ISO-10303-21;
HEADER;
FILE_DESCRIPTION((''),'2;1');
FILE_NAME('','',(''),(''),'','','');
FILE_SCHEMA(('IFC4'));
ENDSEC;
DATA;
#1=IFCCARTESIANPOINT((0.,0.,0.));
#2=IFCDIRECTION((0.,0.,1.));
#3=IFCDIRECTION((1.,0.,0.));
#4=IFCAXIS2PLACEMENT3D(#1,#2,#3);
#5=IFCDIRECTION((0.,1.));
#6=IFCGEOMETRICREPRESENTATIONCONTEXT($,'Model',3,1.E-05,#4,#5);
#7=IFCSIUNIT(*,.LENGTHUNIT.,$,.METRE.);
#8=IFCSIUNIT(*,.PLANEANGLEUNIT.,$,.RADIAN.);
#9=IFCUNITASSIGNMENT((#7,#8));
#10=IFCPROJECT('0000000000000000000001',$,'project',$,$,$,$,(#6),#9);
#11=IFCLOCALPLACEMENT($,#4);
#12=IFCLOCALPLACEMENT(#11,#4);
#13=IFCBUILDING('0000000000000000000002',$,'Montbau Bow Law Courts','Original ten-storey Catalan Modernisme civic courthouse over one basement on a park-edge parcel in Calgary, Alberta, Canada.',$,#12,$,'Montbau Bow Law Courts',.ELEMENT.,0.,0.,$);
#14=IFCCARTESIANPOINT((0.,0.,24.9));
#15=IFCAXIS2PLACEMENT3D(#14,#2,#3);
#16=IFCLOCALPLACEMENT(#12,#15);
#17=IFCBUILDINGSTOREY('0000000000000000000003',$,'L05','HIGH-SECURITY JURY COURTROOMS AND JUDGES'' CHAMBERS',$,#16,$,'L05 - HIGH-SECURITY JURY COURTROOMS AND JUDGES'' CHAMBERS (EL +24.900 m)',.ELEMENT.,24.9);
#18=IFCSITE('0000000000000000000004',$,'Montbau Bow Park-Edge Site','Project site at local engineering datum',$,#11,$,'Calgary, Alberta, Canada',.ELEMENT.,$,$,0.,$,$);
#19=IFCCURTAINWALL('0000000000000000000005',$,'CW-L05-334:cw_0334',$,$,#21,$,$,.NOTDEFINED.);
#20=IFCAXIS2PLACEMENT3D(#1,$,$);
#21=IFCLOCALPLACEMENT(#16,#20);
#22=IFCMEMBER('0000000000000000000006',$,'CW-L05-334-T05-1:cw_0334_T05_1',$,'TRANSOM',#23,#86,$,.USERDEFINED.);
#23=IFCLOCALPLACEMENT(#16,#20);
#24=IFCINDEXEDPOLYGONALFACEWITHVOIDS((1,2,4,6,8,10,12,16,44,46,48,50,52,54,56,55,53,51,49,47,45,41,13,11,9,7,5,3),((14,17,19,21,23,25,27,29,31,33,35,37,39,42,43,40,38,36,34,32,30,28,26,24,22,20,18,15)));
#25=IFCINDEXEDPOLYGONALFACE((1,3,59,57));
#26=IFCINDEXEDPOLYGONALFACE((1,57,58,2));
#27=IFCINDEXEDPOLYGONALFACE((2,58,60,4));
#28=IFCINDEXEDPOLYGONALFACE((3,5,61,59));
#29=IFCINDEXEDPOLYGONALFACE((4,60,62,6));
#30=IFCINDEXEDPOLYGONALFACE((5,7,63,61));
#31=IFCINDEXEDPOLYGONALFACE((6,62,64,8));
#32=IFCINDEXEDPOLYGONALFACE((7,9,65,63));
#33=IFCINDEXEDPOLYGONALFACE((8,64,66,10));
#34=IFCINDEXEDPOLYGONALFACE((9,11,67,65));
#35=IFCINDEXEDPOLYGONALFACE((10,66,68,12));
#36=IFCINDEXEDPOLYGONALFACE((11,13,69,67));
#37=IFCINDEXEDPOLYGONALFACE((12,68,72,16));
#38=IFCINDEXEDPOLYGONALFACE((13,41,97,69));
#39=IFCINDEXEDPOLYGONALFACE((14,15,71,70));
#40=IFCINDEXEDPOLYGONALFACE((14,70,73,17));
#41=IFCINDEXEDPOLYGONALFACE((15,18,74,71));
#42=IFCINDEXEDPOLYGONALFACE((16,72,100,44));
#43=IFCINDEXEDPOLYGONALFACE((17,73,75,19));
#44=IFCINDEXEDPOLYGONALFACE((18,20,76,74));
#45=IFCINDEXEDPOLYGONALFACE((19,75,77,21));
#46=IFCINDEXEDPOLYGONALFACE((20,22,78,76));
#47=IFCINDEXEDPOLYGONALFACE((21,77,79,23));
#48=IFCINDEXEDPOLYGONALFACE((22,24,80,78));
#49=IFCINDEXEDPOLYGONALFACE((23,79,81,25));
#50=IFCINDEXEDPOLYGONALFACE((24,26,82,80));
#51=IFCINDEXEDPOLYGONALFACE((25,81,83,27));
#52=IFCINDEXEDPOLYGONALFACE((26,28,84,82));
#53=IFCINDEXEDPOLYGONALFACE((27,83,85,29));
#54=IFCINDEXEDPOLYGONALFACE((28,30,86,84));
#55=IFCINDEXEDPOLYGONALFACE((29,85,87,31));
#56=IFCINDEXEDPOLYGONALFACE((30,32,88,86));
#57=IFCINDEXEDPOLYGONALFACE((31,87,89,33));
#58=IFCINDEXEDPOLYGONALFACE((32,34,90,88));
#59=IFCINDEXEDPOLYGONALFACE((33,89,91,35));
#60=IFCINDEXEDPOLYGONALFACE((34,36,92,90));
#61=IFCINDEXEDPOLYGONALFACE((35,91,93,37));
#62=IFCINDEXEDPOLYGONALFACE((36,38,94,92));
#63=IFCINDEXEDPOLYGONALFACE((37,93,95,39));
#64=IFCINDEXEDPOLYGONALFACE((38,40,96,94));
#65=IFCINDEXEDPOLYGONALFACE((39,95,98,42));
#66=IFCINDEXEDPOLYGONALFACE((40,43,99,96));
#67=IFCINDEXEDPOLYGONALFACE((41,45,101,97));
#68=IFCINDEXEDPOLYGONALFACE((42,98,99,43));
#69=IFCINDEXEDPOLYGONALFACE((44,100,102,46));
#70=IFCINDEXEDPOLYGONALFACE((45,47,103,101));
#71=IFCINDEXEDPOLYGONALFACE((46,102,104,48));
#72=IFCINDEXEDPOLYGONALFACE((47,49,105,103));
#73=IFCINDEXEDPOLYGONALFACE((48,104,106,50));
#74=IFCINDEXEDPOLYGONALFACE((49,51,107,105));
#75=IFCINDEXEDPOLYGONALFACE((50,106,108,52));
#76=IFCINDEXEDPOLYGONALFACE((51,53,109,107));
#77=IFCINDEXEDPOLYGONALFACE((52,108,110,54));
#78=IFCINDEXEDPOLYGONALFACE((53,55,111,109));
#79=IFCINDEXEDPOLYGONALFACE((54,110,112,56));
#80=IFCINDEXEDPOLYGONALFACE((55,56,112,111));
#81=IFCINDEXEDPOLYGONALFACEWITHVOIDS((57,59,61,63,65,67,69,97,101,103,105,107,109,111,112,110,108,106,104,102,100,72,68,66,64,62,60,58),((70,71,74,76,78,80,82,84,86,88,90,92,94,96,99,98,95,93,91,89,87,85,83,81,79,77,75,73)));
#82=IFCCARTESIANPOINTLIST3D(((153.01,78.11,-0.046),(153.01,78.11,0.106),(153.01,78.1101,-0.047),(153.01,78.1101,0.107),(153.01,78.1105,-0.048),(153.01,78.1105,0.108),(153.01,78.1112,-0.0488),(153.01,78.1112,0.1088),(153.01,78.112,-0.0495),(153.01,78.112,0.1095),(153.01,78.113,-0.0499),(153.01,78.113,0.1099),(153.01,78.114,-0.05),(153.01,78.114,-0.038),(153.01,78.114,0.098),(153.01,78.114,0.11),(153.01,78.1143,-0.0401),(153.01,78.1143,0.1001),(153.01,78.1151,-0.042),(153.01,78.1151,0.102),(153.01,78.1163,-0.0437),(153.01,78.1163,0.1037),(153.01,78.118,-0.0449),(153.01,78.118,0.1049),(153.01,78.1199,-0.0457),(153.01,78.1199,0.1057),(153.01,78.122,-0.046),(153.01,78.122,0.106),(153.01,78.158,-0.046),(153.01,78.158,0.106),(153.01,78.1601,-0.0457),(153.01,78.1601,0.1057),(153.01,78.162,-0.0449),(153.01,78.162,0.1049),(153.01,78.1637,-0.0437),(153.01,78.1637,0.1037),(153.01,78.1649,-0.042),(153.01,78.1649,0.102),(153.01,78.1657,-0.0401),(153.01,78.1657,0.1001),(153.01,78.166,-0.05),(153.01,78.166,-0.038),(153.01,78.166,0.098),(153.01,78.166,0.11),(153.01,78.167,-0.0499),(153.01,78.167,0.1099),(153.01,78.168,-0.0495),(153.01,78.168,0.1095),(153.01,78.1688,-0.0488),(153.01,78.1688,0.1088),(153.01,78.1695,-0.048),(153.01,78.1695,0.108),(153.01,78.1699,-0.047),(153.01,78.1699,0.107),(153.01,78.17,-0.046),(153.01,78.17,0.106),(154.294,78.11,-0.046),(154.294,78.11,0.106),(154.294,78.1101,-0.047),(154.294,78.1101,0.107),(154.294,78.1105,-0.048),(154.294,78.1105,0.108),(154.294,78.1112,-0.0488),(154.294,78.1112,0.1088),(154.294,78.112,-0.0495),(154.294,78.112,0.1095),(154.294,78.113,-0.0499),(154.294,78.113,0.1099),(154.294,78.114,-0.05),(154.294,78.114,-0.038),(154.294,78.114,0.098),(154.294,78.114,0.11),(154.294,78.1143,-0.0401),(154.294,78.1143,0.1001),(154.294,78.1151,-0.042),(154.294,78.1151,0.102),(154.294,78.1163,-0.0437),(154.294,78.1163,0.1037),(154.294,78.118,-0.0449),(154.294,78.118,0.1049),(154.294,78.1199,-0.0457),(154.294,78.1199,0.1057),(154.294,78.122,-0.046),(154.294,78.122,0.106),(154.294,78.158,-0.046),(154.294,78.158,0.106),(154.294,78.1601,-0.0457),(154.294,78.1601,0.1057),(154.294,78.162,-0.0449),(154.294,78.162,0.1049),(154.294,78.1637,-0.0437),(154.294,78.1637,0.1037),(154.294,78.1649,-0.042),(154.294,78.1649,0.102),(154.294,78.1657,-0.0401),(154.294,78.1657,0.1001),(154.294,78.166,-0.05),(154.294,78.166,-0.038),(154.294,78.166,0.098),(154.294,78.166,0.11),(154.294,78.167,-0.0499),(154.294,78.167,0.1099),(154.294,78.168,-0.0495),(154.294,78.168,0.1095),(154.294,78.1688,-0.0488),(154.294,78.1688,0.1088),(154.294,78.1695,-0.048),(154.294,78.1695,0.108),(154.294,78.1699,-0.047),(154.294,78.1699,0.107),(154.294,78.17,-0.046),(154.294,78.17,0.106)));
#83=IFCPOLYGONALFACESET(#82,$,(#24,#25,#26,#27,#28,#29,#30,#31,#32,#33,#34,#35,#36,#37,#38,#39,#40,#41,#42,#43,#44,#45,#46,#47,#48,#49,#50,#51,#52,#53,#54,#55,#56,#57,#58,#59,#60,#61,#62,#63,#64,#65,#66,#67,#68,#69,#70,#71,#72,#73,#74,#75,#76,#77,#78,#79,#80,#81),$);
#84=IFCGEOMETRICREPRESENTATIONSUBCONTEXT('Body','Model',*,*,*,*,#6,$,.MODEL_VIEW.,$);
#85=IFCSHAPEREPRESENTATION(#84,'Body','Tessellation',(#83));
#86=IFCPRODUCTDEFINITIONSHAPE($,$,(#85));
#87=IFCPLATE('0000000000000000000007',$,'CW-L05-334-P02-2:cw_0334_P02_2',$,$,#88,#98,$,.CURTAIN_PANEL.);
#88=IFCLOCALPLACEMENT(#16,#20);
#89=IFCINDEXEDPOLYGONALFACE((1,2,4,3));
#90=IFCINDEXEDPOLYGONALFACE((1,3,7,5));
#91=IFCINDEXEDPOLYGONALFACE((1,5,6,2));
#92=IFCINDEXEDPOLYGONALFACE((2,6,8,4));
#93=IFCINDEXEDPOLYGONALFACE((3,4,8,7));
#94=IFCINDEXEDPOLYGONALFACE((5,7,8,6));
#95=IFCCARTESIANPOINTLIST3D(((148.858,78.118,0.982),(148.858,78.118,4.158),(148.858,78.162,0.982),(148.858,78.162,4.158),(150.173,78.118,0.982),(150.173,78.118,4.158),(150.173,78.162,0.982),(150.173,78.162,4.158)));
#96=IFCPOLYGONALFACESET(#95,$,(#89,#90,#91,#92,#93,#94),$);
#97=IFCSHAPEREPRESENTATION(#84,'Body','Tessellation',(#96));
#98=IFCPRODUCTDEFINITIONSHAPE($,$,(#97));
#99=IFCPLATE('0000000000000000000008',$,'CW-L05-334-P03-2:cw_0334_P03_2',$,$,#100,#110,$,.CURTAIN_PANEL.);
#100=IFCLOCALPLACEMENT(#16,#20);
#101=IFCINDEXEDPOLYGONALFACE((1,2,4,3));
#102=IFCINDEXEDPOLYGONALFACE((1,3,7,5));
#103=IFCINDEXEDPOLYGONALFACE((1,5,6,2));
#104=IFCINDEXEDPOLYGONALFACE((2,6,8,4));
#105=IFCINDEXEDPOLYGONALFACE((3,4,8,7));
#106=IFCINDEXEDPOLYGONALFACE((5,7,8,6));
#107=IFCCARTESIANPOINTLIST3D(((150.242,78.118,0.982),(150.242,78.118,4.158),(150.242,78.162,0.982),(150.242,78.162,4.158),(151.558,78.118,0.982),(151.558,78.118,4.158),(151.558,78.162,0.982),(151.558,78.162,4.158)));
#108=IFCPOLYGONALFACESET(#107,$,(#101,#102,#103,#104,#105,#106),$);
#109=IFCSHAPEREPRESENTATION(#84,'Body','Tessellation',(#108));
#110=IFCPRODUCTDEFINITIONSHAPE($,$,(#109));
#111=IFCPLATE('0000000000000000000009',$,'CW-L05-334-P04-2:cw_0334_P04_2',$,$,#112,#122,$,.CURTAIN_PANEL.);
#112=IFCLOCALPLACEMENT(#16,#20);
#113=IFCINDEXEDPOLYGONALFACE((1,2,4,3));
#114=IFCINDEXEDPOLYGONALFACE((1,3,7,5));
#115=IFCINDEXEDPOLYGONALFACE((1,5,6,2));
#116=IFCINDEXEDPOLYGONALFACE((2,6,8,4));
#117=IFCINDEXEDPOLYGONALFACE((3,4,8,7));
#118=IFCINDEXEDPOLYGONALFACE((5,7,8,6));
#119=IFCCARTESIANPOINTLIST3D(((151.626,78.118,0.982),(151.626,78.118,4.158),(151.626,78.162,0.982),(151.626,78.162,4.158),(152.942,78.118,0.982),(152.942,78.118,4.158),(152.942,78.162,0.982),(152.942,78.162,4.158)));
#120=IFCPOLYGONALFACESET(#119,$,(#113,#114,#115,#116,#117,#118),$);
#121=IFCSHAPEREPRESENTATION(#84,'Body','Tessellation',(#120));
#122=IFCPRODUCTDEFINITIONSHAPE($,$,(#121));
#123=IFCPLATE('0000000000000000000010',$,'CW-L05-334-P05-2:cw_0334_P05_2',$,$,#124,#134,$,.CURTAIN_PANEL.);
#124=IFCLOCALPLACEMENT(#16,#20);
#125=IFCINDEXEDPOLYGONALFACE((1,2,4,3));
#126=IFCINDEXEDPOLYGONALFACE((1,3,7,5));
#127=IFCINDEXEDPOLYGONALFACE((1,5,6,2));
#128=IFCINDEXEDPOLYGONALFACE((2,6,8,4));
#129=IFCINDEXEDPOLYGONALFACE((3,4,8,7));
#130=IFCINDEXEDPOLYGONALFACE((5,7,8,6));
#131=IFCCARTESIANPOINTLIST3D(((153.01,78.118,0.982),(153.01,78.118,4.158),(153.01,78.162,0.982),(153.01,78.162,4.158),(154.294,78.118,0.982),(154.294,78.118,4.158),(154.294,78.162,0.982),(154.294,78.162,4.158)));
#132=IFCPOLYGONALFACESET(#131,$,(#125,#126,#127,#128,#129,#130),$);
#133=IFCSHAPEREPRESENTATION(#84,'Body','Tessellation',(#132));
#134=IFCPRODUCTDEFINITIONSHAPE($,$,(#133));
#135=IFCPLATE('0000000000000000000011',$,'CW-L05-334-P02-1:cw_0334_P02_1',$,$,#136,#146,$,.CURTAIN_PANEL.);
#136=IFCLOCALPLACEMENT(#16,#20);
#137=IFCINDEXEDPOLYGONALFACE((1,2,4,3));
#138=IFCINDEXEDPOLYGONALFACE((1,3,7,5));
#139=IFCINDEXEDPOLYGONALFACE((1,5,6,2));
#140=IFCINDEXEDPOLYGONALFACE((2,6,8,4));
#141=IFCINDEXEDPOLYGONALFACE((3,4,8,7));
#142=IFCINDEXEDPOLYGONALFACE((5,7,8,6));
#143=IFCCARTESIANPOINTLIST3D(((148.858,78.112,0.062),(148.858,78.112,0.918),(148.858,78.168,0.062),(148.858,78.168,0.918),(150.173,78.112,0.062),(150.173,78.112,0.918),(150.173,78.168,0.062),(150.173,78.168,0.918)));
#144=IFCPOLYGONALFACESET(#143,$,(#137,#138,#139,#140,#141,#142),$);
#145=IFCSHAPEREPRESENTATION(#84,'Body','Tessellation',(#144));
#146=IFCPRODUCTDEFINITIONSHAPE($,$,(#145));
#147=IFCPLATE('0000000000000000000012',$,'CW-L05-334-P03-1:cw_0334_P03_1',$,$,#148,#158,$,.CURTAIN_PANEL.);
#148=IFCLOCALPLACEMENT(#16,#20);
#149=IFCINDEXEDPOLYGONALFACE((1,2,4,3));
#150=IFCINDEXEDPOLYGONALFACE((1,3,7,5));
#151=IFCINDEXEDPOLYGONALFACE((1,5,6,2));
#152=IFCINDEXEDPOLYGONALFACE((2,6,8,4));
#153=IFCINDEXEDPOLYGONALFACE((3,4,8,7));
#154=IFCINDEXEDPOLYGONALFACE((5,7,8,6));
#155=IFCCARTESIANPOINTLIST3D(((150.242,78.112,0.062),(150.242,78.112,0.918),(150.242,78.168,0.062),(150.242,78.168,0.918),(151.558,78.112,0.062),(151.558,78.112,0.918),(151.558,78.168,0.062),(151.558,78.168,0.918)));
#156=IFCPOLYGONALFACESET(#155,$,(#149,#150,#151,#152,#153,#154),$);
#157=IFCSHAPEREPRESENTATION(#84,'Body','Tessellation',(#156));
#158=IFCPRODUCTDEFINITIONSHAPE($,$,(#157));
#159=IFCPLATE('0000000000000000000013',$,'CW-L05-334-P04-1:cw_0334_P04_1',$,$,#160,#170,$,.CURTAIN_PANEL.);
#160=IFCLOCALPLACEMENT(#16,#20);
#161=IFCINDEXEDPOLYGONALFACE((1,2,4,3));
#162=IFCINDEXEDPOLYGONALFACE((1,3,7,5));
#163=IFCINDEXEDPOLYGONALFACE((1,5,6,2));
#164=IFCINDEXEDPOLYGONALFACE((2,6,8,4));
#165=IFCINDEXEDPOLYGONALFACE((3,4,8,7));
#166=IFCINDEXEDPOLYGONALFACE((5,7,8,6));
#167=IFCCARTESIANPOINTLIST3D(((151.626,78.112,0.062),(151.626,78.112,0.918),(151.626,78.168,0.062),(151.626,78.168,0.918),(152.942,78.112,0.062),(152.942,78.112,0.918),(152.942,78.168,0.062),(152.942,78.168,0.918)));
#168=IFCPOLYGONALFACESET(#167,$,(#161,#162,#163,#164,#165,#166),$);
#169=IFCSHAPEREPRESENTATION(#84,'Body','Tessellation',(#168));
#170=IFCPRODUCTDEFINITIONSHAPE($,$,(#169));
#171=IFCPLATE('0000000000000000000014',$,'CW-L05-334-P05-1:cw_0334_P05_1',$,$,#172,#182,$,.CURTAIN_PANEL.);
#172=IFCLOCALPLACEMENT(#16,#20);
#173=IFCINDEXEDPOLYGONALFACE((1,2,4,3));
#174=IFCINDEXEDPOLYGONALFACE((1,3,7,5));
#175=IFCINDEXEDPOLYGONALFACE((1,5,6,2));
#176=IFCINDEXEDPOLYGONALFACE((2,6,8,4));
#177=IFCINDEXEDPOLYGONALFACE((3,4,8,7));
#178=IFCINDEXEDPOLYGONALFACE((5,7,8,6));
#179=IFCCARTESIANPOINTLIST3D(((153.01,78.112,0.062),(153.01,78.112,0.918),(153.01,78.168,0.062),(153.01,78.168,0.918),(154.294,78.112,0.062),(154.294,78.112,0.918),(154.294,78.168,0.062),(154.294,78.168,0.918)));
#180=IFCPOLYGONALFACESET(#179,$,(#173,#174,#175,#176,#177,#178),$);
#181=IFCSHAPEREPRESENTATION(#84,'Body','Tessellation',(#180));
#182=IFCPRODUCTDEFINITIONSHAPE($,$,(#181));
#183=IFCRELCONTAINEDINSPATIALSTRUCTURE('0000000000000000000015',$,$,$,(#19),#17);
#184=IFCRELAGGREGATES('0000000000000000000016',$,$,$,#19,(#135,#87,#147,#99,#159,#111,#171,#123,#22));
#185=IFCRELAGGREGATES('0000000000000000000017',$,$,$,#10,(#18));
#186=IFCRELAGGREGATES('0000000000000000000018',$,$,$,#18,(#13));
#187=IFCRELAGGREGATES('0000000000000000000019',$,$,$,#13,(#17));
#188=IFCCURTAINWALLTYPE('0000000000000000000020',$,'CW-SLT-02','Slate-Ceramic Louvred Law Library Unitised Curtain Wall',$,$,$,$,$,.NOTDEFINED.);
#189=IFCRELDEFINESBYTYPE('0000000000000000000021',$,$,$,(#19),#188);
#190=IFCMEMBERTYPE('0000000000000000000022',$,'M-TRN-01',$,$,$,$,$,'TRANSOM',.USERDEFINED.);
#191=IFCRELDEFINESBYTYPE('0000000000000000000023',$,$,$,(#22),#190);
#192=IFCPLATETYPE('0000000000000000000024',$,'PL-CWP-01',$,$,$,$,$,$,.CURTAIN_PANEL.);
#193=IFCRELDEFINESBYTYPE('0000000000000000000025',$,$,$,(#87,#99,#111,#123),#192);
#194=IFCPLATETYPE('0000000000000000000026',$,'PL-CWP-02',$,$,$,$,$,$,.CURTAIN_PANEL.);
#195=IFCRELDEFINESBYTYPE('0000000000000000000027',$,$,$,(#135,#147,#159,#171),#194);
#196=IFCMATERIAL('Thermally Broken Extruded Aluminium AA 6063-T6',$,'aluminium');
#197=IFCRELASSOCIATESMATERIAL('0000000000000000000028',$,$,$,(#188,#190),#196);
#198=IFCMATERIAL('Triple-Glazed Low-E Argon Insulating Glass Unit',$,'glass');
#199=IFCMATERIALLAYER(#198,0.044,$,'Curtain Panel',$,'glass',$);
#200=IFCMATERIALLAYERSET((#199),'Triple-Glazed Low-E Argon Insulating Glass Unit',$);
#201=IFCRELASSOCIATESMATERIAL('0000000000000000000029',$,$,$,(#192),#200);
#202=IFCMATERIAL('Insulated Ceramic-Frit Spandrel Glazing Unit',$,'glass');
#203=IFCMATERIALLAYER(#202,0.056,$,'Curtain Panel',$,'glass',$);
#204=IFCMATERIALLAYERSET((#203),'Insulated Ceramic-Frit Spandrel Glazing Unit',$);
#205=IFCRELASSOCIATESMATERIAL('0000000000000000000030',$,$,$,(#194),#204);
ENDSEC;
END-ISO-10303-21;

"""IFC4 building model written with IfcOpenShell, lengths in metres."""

from ifc_helpers import new_model, si_unit, direction, frame, frame_2d, origin_with_axes, origin_2d_with_axis, place, context, subcontext, project, spatial, rectangle, hollow_rectangle, extrude, material, layer, layer_set, material_profile, profile_set, type_object, element, aggregate, save


model = new_model("IFC4")

# Units and contexts
model_context = context("Model", 3, precision=1e-05, world=origin_with_axes(), true_north=direction((0.0, 1.0)))
body_context = subcontext(model_context, "Body", "Model", "MODEL_VIEW")
ifc_project = project(units=[si_unit("LENGTHUNIT", "METRE"), si_unit("PLANEANGLEUNIT", "RADIAN")], contexts=[model_context])

# Site, building, storey
site_placement = place(None, origin_with_axes())
site = spatial("IfcSite", under=ifc_project, at=site_placement, Name="Montbau Bow Park-Edge Site", Description="Project site at local engineering datum", LongName="Calgary, Alberta, Canada", CompositionType="ELEMENT", RefElevation=0.0)
building_placement = place(site_placement, origin_with_axes())
building = spatial("IfcBuilding", under=site, at=building_placement, Name="Montbau Bow Law Courts", Description="Original ten-storey Catalan Modernisme civic courthouse over one basement on a park-edge parcel in Calgary, Alberta, Canada.", LongName="Montbau Bow Law Courts", CompositionType="ELEMENT", ElevationOfRefHeight=0.0, ElevationOfTerrain=0.0)
storey_placement = place(building_placement, frame((0.0, 0.0, 24.9), z_axis=(0.0, 0.0, 1.0), x_axis=(1.0, 0.0, 0.0)))
storey = spatial("IfcBuildingStorey", under=building, at=storey_placement, Name="L05", Description="HIGH-SECURITY JURY COURTROOMS AND JUDGES' CHAMBERS", LongName="L05 - HIGH-SECURITY JURY COURTROOMS AND JUDGES' CHAMBERS (EL +24.900 m)", CompositionType="ELEMENT", Elevation=24.9)

# Curtain wall, member, plates
ifc_material_1 = material(Name="Thermally Broken Extruded Aluminium AA 6063-T6", Category="aluminium")
curtain_wall_type = type_object("IfcCurtainWallType", Name="CW-SLT-02", Description="Slate-Ceramic Louvred Law Library Unitised Curtain Wall", PredefinedType="NOTDEFINED", material=ifc_material_1)
curtain_wall_placement = place(None, frame((147.44, 78.14, 24.9), z_axis=(0.0, 0.0, 1.0), x_axis=(1.0, 0.0, 0.0)))
curtain_wall = element("IfcCurtainWall", 1, at=curtain_wall_placement, inside=storey, type_object=curtain_wall_type, Name="CW-L05-334:cw_0334", PredefinedType="NOTDEFINED")
ifc_material_profile_1 = material_profile(ifc_material_1, hollow_rectangle(XDim=0.06, YDim=0.16, WallThickness=0.004, InnerFilletRadius=0.008, OuterFilletRadius=0.004, at=origin_2d_with_axis()), Name="CWT-160X60", Category="Main", Priority=0)
ifc_profile_set_1 = profile_set([ifc_material_profile_1], Name="Thermally Broken Extruded Aluminium AA 6063-T6")
member_type_1 = type_object("IfcMemberType", Name="M-TRN-01", ElementType="TRANSOM", PredefinedType="USERDEFINED", material=ifc_profile_set_1)
member_1_placement = place(None, frame((153.01, 78.14, 24.93), z_axis=(1.0, 0.0, 0.0), x_axis=(0.0, 1.0, 0.0)))
member_1 = element("IfcMember", 2, at=member_1_placement, type_object=member_type_1, Name="CW-L05-334-T05-1:cw_0334_T05_1", ObjectType="TRANSOM", PredefinedType="USERDEFINED", context=body_context, shape_type="SweptSolid", body=[
    extrude(hollow_rectangle(XDim=0.06, YDim=0.16, WallThickness=0.004, InnerFilletRadius=0.008, OuterFilletRadius=0.004, at=origin_2d_with_axis()), origin_with_axes(), (0.0, 0.0, 1.0), 1.284),
])
ifc_material_2 = material(Name="Triple-Glazed Low-E Argon Insulating Glass Unit", Category="glass")
ifc_layer_1 = layer(ifc_material_2, 0.044, Name="Curtain Panel", Category="glass")
ifc_layer_set_1 = layer_set([ifc_layer_1], Name="Triple-Glazed Low-E Argon Insulating Glass Unit")
plate_type_1 = type_object("IfcPlateType", Name="PL-CWP-01", PredefinedType="CURTAIN_PANEL", material=ifc_layer_set_1)
plate_1_placement = place(None, frame((148.858, 78.14, 25.882), z_axis=(0.0, -1.0, 0.0), x_axis=(1.0, 0.0, 0.0)))
plate_1 = element("IfcPlate", 3, at=plate_1_placement, type_object=plate_type_1, Name="CW-L05-334-P02-2:cw_0334_P02_2", PredefinedType="CURTAIN_PANEL", context=body_context, shape_type="SweptSolid", body=[
    extrude(rectangle(XDim=1.315, YDim=3.176, at=frame_2d((0.6575, 1.588), x_axis=(1.0, 0.0))), frame((0.0, 0.0, -0.022), z_axis=(0.0, 0.0, 1.0), x_axis=(1.0, 0.0, 0.0)), (0.0, 0.0, 1.0), 0.044),
])
plate_2_placement = place(None, frame((150.242, 78.14, 25.882), z_axis=(0.0, -1.0, 0.0), x_axis=(1.0, 0.0, 0.0)))
plate_2 = element("IfcPlate", 4, at=plate_2_placement, type_object=plate_type_1, Name="CW-L05-334-P03-2:cw_0334_P03_2", PredefinedType="CURTAIN_PANEL", context=body_context, shape_type="SweptSolid", body=[
    extrude(rectangle(XDim=1.316, YDim=3.176, at=frame_2d((0.658, 1.588), x_axis=(1.0, 0.0))), frame((0.0, 0.0, -0.022), z_axis=(0.0, 0.0, 1.0), x_axis=(1.0, 0.0, 0.0)), (0.0, 0.0, 1.0), 0.044),
])
plate_3_placement = place(None, frame((151.626, 78.14, 25.882), z_axis=(0.0, -1.0, 0.0), x_axis=(1.0, 0.0, 0.0)))
plate_3 = element("IfcPlate", 5, at=plate_3_placement, type_object=plate_type_1, Name="CW-L05-334-P04-2:cw_0334_P04_2", PredefinedType="CURTAIN_PANEL", context=body_context, shape_type="SweptSolid", body=[
    extrude(rectangle(XDim=1.316, YDim=3.176, at=frame_2d((0.658, 1.588), x_axis=(1.0, 0.0))), frame((0.0, 0.0, -0.022), z_axis=(0.0, 0.0, 1.0), x_axis=(1.0, 0.0, 0.0)), (0.0, 0.0, 1.0), 0.044),
])
plate_4_placement = place(None, frame((153.01, 78.14, 25.882), z_axis=(0.0, -1.0, 0.0), x_axis=(1.0, 0.0, 0.0)))
plate_4 = element("IfcPlate", 6, at=plate_4_placement, type_object=plate_type_1, Name="CW-L05-334-P05-2:cw_0334_P05_2", PredefinedType="CURTAIN_PANEL", context=body_context, shape_type="SweptSolid", body=[
    extrude(rectangle(XDim=1.284, YDim=3.176, at=frame_2d((0.642, 1.588), x_axis=(1.0, 0.0))), frame((0.0, 0.0, -0.022), z_axis=(0.0, 0.0, 1.0), x_axis=(1.0, 0.0, 0.0)), (0.0, 0.0, 1.0), 0.044),
])
ifc_material_3 = material(Name="Insulated Ceramic-Frit Spandrel Glazing Unit", Category="glass")
ifc_layer_2 = layer(ifc_material_3, 0.056, Name="Curtain Panel", Category="glass")
ifc_layer_set_2 = layer_set([ifc_layer_2], Name="Insulated Ceramic-Frit Spandrel Glazing Unit")
plate_type_2 = type_object("IfcPlateType", Name="PL-CWP-02", PredefinedType="CURTAIN_PANEL", material=ifc_layer_set_2)
plate_5_placement = place(None, frame((148.858, 78.14, 24.962), z_axis=(0.0, -1.0, 0.0), x_axis=(1.0, 0.0, 0.0)))
plate_5 = element("IfcPlate", 7, at=plate_5_placement, type_object=plate_type_2, Name="CW-L05-334-P02-1:cw_0334_P02_1", PredefinedType="CURTAIN_PANEL", context=body_context, shape_type="SweptSolid", body=[
    extrude(rectangle(XDim=1.315, YDim=0.856, at=frame_2d((0.6575, 0.428), x_axis=(1.0, 0.0))), frame((0.0, 0.0, -0.028), z_axis=(0.0, 0.0, 1.0), x_axis=(1.0, 0.0, 0.0)), (0.0, 0.0, 1.0), 0.056),
])
plate_6_placement = place(None, frame((150.242, 78.14, 24.962), z_axis=(0.0, -1.0, 0.0), x_axis=(1.0, 0.0, 0.0)))
plate_6 = element("IfcPlate", 8, at=plate_6_placement, type_object=plate_type_2, Name="CW-L05-334-P03-1:cw_0334_P03_1", PredefinedType="CURTAIN_PANEL", context=body_context, shape_type="SweptSolid", body=[
    extrude(rectangle(XDim=1.316, YDim=0.856, at=frame_2d((0.658, 0.428), x_axis=(1.0, 0.0))), frame((0.0, 0.0, -0.028), z_axis=(0.0, 0.0, 1.0), x_axis=(1.0, 0.0, 0.0)), (0.0, 0.0, 1.0), 0.056),
])
plate_7_placement = place(None, frame((151.626, 78.14, 24.962), z_axis=(0.0, -1.0, 0.0), x_axis=(1.0, 0.0, 0.0)))
plate_7 = element("IfcPlate", 9, at=plate_7_placement, type_object=plate_type_2, Name="CW-L05-334-P04-1:cw_0334_P04_1", PredefinedType="CURTAIN_PANEL", context=body_context, shape_type="SweptSolid", body=[
    extrude(rectangle(XDim=1.316, YDim=0.856, at=frame_2d((0.658, 0.428), x_axis=(1.0, 0.0))), frame((0.0, 0.0, -0.028), z_axis=(0.0, 0.0, 1.0), x_axis=(1.0, 0.0, 0.0)), (0.0, 0.0, 1.0), 0.056),
])
plate_8_placement = place(None, frame((153.01, 78.14, 24.962), z_axis=(0.0, -1.0, 0.0), x_axis=(1.0, 0.0, 0.0)))
plate_8 = element("IfcPlate", 10, at=plate_8_placement, type_object=plate_type_2, Name="CW-L05-334-P05-1:cw_0334_P05_1", PredefinedType="CURTAIN_PANEL", context=body_context, shape_type="SweptSolid", body=[
    extrude(rectangle(XDim=1.284, YDim=0.856, at=frame_2d((0.642, 0.428), x_axis=(1.0, 0.0))), frame((0.0, 0.0, -0.028), z_axis=(0.0, 0.0, 1.0), x_axis=(1.0, 0.0, 0.0)), (0.0, 0.0, 1.0), 0.056),
])
aggregate(curtain_wall, [plate_5, plate_1, plate_6, plate_2, plate_7, plate_3, plate_8, plate_4, member_1])

save(model, "model.ifc")
